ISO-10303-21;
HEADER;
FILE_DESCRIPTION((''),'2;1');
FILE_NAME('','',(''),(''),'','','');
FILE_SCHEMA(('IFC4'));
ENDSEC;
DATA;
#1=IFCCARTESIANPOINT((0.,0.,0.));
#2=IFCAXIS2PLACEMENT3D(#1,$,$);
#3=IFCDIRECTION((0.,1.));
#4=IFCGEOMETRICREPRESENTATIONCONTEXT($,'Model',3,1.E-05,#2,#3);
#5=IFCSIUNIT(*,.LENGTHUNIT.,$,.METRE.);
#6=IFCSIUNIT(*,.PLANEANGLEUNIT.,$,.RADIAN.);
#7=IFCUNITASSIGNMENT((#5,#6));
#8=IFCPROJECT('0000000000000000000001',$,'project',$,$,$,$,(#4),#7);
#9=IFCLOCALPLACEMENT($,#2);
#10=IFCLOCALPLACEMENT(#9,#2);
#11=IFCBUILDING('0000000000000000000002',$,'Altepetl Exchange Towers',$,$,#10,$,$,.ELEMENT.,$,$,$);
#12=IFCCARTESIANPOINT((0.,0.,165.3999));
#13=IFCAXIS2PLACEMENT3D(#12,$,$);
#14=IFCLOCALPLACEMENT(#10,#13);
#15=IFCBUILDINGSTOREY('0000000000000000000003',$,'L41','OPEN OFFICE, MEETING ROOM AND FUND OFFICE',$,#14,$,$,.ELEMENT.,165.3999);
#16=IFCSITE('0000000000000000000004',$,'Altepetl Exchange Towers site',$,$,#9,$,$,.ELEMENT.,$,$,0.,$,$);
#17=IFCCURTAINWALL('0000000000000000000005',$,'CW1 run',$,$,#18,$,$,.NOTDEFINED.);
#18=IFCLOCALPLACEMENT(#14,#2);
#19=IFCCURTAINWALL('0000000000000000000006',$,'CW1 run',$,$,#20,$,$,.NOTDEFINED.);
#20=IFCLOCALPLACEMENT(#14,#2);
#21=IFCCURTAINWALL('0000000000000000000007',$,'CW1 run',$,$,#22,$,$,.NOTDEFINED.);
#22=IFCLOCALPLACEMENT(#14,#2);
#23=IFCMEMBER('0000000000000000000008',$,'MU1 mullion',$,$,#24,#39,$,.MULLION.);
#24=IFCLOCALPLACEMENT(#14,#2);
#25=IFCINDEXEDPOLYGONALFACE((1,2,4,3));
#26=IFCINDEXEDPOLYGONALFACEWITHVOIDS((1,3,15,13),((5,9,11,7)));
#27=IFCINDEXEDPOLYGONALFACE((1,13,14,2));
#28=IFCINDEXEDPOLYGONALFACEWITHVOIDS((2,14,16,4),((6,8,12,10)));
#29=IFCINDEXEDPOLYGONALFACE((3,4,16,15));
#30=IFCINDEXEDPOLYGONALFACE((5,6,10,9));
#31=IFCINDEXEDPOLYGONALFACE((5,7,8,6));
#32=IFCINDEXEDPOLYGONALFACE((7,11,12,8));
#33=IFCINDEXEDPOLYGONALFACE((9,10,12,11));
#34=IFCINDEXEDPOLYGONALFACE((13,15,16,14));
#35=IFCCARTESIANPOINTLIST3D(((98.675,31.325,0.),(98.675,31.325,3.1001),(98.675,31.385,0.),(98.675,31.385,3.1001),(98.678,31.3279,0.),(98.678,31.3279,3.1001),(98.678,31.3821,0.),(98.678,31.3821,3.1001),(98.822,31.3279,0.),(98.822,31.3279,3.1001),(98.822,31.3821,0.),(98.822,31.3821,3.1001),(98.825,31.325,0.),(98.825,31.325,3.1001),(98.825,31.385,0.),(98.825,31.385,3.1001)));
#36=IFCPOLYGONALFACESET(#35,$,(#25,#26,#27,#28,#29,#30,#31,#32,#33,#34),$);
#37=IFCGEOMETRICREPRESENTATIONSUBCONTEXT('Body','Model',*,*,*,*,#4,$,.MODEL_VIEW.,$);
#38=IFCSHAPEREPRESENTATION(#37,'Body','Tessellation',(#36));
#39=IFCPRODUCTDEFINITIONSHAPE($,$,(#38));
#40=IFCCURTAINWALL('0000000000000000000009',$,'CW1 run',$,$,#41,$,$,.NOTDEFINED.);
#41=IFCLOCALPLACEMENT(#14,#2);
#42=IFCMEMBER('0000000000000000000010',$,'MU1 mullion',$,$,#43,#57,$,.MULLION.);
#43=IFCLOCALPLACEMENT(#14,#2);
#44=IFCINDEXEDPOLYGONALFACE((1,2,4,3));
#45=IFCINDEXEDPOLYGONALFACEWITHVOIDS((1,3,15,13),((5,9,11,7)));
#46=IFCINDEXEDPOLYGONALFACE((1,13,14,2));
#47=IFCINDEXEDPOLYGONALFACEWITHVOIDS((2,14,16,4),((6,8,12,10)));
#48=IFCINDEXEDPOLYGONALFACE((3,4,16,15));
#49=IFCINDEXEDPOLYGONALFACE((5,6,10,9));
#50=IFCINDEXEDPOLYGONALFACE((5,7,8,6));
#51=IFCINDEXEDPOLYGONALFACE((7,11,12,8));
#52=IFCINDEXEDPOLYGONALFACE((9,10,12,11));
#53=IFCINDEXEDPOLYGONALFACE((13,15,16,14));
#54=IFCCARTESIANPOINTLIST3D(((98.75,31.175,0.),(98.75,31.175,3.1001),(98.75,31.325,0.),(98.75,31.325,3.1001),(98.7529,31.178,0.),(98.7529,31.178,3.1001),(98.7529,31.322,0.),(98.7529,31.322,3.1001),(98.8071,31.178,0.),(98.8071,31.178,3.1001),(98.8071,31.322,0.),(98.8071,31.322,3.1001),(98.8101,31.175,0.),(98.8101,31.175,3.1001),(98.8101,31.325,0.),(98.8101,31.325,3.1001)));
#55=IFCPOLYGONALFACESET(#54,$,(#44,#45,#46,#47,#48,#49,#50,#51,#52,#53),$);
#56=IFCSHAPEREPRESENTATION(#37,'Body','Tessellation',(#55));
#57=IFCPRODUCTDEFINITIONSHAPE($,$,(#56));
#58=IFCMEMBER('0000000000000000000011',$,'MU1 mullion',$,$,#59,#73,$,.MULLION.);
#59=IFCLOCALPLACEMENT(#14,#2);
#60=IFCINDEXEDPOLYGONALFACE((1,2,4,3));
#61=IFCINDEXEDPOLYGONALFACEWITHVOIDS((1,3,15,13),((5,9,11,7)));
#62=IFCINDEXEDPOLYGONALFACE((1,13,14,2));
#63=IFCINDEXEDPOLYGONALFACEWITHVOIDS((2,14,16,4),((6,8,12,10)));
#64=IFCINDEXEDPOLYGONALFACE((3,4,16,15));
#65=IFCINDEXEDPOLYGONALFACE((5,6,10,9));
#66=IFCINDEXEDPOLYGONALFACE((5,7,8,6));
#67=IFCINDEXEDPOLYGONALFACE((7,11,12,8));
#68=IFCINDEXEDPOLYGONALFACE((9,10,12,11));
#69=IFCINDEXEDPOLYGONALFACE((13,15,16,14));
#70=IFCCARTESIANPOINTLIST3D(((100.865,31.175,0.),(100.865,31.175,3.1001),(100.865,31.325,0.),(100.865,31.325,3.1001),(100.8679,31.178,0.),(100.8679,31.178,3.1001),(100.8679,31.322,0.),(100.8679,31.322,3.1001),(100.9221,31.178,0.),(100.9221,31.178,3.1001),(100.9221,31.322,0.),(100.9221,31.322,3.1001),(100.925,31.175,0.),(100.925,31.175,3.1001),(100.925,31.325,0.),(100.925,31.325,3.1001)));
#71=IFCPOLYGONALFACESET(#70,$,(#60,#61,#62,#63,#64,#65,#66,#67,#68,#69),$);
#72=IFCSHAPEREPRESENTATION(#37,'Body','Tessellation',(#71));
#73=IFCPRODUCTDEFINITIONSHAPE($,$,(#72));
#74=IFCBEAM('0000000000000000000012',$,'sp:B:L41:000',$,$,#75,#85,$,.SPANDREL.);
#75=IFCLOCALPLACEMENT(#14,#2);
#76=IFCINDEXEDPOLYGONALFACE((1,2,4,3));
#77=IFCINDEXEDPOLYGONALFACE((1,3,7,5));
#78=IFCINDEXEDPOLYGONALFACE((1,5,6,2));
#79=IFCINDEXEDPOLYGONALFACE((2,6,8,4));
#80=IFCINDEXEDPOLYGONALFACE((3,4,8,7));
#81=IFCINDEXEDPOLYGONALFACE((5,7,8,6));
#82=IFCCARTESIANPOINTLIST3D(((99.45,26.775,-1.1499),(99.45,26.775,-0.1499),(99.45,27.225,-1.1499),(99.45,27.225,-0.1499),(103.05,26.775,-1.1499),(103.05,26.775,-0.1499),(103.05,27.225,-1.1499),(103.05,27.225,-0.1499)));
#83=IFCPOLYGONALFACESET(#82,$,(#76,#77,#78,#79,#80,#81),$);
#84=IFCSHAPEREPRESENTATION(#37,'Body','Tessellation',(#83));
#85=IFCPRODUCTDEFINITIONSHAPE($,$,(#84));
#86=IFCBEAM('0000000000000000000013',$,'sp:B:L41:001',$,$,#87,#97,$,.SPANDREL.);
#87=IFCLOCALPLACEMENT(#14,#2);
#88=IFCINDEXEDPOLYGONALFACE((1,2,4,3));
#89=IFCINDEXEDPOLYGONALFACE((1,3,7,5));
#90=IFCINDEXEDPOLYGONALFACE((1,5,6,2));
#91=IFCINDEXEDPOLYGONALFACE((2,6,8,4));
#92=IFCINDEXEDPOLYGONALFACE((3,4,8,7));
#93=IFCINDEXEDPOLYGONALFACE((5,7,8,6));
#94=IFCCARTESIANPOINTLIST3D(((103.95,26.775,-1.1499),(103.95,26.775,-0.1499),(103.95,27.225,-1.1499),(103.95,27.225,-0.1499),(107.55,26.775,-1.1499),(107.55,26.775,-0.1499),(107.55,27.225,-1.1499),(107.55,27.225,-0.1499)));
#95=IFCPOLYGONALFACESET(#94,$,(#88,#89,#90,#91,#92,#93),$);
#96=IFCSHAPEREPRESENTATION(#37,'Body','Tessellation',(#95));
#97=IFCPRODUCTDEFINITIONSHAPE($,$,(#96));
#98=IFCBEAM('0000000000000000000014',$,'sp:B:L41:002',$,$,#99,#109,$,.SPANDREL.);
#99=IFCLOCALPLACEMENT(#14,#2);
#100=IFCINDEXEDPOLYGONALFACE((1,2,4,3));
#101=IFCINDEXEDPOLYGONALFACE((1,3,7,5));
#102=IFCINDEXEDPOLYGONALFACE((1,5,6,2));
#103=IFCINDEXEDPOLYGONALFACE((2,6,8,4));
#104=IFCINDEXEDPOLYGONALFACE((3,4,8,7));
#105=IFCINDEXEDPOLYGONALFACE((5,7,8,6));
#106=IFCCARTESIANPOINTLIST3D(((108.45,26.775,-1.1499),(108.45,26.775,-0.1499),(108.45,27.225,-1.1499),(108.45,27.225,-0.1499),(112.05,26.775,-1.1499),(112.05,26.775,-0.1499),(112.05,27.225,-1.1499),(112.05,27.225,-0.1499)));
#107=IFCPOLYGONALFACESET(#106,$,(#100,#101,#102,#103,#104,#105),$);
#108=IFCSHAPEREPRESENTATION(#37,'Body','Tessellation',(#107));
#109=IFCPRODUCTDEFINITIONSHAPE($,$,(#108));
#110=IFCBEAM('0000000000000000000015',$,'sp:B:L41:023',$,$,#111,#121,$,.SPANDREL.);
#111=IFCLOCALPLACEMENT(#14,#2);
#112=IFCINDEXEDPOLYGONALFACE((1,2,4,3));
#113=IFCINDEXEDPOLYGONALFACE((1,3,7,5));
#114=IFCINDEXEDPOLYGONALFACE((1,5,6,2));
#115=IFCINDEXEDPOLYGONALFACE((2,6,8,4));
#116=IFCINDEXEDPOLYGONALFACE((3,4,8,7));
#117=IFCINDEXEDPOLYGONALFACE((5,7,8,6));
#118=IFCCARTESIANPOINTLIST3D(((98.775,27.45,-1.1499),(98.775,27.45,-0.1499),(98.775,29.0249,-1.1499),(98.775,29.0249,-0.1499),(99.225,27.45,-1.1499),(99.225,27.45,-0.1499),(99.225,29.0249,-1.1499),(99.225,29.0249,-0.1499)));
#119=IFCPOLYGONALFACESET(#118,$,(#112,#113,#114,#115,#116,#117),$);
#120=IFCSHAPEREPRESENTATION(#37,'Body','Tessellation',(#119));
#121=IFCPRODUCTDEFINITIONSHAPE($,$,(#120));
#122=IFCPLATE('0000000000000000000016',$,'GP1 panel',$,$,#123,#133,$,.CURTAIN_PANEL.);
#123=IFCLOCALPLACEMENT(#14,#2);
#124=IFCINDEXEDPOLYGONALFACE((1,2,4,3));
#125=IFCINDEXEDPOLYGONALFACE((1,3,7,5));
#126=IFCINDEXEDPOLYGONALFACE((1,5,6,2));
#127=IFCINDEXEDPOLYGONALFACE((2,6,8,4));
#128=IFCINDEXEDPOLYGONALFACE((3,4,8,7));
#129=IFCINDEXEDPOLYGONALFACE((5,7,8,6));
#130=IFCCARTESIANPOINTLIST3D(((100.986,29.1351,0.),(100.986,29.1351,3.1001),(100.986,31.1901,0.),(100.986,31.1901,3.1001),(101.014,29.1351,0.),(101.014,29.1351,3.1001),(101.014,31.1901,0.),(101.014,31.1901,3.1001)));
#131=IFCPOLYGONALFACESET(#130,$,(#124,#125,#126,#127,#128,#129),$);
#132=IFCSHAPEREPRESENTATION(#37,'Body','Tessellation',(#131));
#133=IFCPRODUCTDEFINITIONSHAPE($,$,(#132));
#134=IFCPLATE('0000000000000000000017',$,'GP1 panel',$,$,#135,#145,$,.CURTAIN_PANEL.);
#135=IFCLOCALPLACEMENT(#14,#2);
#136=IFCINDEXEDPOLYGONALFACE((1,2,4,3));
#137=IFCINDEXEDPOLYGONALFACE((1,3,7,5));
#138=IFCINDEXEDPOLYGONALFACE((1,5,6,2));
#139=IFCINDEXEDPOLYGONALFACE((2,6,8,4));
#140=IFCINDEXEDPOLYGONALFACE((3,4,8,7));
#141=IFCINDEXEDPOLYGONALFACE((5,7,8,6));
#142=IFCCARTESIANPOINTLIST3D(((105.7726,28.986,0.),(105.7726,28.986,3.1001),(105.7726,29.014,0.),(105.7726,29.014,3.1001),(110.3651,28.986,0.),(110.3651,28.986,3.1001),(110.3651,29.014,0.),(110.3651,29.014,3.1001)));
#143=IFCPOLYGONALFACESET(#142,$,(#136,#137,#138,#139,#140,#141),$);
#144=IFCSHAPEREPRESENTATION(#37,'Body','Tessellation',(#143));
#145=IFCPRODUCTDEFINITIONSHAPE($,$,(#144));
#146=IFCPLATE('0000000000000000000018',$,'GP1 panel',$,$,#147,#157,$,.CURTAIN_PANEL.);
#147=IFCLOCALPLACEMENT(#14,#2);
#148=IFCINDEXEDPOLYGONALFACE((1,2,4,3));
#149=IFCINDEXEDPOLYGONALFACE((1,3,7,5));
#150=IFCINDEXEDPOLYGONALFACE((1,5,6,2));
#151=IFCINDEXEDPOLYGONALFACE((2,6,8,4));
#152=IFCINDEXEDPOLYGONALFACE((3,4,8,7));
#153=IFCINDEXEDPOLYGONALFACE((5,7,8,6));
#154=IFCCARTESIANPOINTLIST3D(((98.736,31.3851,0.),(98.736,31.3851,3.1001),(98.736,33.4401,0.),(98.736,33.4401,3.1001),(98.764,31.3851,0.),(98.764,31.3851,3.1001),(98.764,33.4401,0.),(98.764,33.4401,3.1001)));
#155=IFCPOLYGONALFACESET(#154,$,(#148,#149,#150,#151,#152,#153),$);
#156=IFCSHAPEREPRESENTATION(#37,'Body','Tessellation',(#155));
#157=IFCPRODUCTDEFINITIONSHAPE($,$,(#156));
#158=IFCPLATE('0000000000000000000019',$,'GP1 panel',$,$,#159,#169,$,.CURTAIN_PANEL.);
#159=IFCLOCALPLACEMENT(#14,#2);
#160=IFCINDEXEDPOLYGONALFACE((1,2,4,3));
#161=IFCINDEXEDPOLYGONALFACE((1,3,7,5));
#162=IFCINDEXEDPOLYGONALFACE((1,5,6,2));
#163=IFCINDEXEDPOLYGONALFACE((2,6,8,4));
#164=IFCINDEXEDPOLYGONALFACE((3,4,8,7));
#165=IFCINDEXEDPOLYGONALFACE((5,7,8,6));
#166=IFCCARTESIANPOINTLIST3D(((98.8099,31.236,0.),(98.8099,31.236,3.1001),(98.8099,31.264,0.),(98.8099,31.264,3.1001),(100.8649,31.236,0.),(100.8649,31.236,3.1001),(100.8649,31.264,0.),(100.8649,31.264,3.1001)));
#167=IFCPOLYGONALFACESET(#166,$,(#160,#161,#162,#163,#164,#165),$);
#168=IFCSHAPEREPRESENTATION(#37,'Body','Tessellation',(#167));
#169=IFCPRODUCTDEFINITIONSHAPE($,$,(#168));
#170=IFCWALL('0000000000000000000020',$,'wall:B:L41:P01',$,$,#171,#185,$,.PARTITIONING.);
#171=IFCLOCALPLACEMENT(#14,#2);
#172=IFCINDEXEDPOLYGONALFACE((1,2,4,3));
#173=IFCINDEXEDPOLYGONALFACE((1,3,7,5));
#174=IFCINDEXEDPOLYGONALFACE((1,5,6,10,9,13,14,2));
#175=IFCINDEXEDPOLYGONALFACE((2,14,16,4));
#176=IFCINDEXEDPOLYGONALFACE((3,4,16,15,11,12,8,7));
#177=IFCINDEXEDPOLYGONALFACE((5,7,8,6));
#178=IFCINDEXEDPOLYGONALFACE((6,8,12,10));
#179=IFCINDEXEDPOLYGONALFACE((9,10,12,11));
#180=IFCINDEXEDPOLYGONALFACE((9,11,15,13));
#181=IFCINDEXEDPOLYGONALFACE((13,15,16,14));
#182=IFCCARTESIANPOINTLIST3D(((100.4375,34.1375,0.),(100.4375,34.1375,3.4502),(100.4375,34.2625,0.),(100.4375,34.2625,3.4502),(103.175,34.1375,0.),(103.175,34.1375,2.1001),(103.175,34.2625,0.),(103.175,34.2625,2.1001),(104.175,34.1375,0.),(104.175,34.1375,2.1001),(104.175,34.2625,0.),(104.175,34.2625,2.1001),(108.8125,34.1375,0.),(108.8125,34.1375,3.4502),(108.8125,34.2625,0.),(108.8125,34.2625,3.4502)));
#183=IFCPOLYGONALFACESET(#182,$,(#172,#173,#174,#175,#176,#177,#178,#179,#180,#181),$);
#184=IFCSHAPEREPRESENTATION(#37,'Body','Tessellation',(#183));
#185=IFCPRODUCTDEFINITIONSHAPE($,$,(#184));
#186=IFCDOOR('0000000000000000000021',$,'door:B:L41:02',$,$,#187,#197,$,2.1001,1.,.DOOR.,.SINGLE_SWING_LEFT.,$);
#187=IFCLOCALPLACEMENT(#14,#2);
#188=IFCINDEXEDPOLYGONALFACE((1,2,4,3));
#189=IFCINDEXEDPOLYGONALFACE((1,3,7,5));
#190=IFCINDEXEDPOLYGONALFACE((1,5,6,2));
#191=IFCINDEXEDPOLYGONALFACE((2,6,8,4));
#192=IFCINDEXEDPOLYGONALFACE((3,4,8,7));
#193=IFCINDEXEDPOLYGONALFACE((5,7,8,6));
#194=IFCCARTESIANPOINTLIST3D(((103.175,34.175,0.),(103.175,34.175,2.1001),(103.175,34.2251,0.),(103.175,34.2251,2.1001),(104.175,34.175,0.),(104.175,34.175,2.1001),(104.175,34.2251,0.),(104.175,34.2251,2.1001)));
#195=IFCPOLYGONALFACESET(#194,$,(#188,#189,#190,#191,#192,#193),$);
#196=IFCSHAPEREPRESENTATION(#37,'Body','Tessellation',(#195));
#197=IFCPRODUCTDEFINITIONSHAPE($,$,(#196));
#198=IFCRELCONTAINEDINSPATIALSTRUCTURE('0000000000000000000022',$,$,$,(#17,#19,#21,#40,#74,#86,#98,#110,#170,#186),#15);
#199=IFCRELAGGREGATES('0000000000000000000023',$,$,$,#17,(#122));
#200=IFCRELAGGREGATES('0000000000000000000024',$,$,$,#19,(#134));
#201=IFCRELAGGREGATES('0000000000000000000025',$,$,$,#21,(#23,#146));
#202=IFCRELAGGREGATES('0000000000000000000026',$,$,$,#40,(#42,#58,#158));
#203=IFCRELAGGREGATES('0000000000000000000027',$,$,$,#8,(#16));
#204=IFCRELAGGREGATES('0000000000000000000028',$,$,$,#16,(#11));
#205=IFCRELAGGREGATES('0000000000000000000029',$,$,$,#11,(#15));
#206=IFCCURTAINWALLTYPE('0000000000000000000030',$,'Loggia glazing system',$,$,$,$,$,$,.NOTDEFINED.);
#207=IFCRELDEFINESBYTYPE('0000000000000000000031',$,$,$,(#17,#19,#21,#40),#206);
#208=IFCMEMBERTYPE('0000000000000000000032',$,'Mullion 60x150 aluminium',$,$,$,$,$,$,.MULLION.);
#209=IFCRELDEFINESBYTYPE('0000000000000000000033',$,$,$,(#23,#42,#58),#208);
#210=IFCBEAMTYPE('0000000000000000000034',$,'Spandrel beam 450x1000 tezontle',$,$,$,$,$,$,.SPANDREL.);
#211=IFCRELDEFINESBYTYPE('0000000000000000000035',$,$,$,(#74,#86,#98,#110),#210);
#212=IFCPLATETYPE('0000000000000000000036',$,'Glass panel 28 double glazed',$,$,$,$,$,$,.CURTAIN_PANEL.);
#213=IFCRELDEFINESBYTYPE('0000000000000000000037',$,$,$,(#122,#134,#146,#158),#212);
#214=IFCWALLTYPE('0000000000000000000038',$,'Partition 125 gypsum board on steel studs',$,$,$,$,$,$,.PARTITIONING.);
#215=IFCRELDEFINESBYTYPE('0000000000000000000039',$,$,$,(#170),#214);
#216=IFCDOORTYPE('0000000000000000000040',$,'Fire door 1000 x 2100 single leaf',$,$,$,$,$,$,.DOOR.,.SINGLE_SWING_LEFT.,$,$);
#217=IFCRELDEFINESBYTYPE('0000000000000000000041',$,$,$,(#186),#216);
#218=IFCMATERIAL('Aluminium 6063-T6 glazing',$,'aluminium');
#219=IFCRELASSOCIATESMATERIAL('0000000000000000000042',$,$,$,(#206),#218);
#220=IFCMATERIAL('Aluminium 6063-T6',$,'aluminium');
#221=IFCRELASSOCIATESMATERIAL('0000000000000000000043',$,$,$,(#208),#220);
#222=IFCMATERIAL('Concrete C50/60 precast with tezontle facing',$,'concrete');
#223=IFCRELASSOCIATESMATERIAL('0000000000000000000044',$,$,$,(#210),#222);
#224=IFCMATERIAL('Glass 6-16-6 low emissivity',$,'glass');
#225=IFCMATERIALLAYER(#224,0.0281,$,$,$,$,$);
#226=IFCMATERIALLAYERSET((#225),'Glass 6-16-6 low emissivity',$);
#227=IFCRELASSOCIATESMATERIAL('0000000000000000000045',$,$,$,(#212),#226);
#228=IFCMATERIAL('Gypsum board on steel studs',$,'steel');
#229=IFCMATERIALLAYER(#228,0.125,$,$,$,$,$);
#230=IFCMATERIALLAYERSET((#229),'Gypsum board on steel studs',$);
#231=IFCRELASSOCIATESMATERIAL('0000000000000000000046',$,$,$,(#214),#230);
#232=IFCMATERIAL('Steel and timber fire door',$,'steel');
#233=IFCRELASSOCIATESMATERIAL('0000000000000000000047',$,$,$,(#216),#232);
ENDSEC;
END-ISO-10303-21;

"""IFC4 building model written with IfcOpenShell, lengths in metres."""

from ifc_helpers import new_model, si_unit, direction, frame, frame_2d, origin, origin_2d, place, context, subcontext, project, spatial, rectangle, hollow_rectangle, extrude, material, layer, layer_set, material_profile, profile_set, type_object, element, fill, aggregate, save


model = new_model("IFC4")

# Units and contexts
model_context = context("Model", 3, precision=1e-05, world=origin(), true_north=direction((0.0, 1.0)))
body_context = subcontext(model_context, "Body", "Model", "MODEL_VIEW")
ifc_project = project(units=[si_unit("LENGTHUNIT", "METRE"), si_unit("PLANEANGLEUNIT", "RADIAN")], contexts=[model_context])

# Site, building, storey
site_placement = place(None, origin())
site = spatial("IfcSite", under=ifc_project, at=site_placement, Name="Altepetl Exchange Towers site", CompositionType="ELEMENT", RefElevation=0.0)
building_placement = place(site_placement, origin())
building = spatial("IfcBuilding", under=site, at=building_placement, Name="Altepetl Exchange Towers", CompositionType="ELEMENT")
storey_placement = place(building_placement, frame((0.0, 0.0, 165.3999)))
storey = spatial("IfcBuildingStorey", under=building, at=storey_placement, Name="L41", Description="OPEN OFFICE, MEETING ROOM AND FUND OFFICE", CompositionType="ELEMENT", Elevation=165.3999)

# Curtain wall
ifc_material_1 = material(Name="Aluminium 6063-T6 glazing", Category="aluminium")
curtain_wall_type = type_object("IfcCurtainWallType", Name="Loggia glazing system", PredefinedType="NOTDEFINED", material=ifc_material_1)
curtain_wall_1_placement = place(storey_placement, origin())
curtain_wall_1 = element("IfcCurtainWall", 1, at=curtain_wall_1_placement, inside=storey, type_object=curtain_wall_type, Name="CW1 run", PredefinedType="NOTDEFINED")
ifc_material_2 = material(Name="Aluminium 6063-T6", Category="aluminium")
ifc_material_profile_1 = material_profile(ifc_material_2, hollow_rectangle(XDim=0.0601, YDim=0.1499, WallThickness=0.0029, at=origin_2d()), Name="Mullion 60x150 aluminium")
ifc_profile_set_1 = profile_set([ifc_material_profile_1], Name="Aluminium 6063-T6")
member_type = type_object("IfcMemberType", Name="Mullion 60x150 aluminium", PredefinedType="MULLION", material=ifc_profile_set_1)

# Curtain wall
curtain_wall_2_placement = place(storey_placement, origin())
curtain_wall_2 = element("IfcCurtainWall", 2, at=curtain_wall_2_placement, inside=storey, type_object=curtain_wall_type, Name="CW1 run", PredefinedType="NOTDEFINED")

# Curtain walls, members
curtain_wall_3_placement = place(storey_placement, origin())
curtain_wall_3 = element("IfcCurtainWall", 3, at=curtain_wall_3_placement, inside=storey, type_object=curtain_wall_type, Name="CW1 run", PredefinedType="NOTDEFINED")
member_1_placement = place(storey_placement, frame((98.75, 31.355, 0.0), z_axis=(0.0, 0.0, 1.0), x_axis=(0.0, -1.0, 0.0)))
member_1 = element("IfcMember", 4, at=member_1_placement, type_object=member_type, Name="MU1 mullion", PredefinedType="MULLION", context=body_context, shape_type="SweptSolid", body=[
    extrude(hollow_rectangle(XDim=0.0601, YDim=0.1499, WallThickness=0.0029, at=origin_2d()), origin(), (0.0, 0.0, 1.0), 3.1001),
])
curtain_wall_4_placement = place(storey_placement, origin())
curtain_wall_4 = element("IfcCurtainWall", 5, at=curtain_wall_4_placement, inside=storey, type_object=curtain_wall_type, Name="CW1 run", PredefinedType="NOTDEFINED")
member_2_placement = place(storey_placement, frame((98.78, 31.25, 0.0)))
member_2 = element("IfcMember", 6, at=member_2_placement, type_object=member_type, Name="MU1 mullion", PredefinedType="MULLION", context=body_context, shape_type="SweptSolid", body=[
    extrude(hollow_rectangle(XDim=0.0601, YDim=0.1499, WallThickness=0.0029, at=origin_2d()), origin(), (0.0, 0.0, 1.0), 3.1001),
])
member_3_placement = place(storey_placement, frame((100.895, 31.25, 0.0)))
member_3 = element("IfcMember", 7, at=member_3_placement, type_object=member_type, Name="MU1 mullion", PredefinedType="MULLION", context=body_context, shape_type="SweptSolid", body=[
    extrude(hollow_rectangle(XDim=0.0601, YDim=0.1499, WallThickness=0.0029, at=origin_2d()), origin(), (0.0, 0.0, 1.0), 3.1001),
])

# Beams
ifc_material_3 = material(Name="Concrete C50/60 precast with tezontle facing", Category="concrete")
ifc_material_profile_2 = material_profile(ifc_material_3, rectangle(XDim=0.45, YDim=1.0, at=origin_2d()), Name="450 x 1000")
ifc_profile_set_2 = profile_set([ifc_material_profile_2], Name="Concrete C50/60 precast with tezontle facing")
beam_type_1 = type_object("IfcBeamType", Name="Spandrel beam 450x1000 tezontle", PredefinedType="SPANDREL", material=ifc_profile_set_2)
for number, where, z_axis, x_axis, name in (
    (8, (99.45, 27.0, -0.6499), (1.0, 0.0, 0.0), (0.0, 1.0, 0.0), "sp:B:L41:000"),
    (9, (103.95, 27.0, -0.6499), (1.0, 0.0, 0.0), (0.0, 1.0, 0.0), "sp:B:L41:001"),
    (10, (108.45, 27.0, -0.6499), (1.0, 0.0, 0.0), (0.0, 1.0, 0.0), "sp:B:L41:002"),
):
    element("IfcBeam", number, at=place(storey_placement, frame(where, z_axis=z_axis, x_axis=x_axis)), inside=storey, type_object=beam_type_1, Name=name, PredefinedType="SPANDREL", context=body_context, shape_type="SweptSolid", body=[
        extrude(rectangle(XDim=0.45, YDim=1.0, at=origin_2d()), origin(), (0.0, 0.0, 1.0), 3.6001),
    ])
beam_1_placement = place(storey_placement, frame((99.0, 29.0249, -0.6499), z_axis=(0.0, -1.0, 0.0), x_axis=(1.0, 0.0, 0.0)))
element("IfcBeam", 11, at=beam_1_placement, inside=storey, type_object=beam_type_1, Name="sp:B:L41:023", PredefinedType="SPANDREL", context=body_context, shape_type="SweptSolid", body=[
    extrude(rectangle(XDim=0.45, YDim=1.0, at=origin_2d()), origin(), (0.0, 0.0, 1.0), 1.575),
])

# Plates
ifc_material_4 = material(Name="Glass 6-16-6 low emissivity", Category="glass")
ifc_layer_1 = layer(ifc_material_4, 0.0281)
ifc_layer_set_1 = layer_set([ifc_layer_1], Name="Glass 6-16-6 low emissivity")
plate_type = type_object("IfcPlateType", Name="Glass panel 28 double glazed", PredefinedType="CURTAIN_PANEL", material=ifc_layer_set_1)
plate_1_placement = place(storey_placement, frame((101.0, 30.1626, 0.0), z_axis=(0.0, 0.0, 1.0), x_axis=(0.0, -1.0, 0.0)))
plate_1 = element("IfcPlate", 12, at=plate_1_placement, type_object=plate_type, Name="GP1 panel", PredefinedType="CURTAIN_PANEL", context=body_context, shape_type="SweptSolid", body=[
    extrude(rectangle(XDim=2.0549, YDim=0.0281, at=origin_2d()), origin(), (0.0, 0.0, 1.0), 3.1001),
])
aggregate(curtain_wall_1, [plate_1])
plate_2_placement = place(storey_placement, frame((108.0688, 29.0, 0.0)))
plate_2 = element("IfcPlate", 13, at=plate_2_placement, type_object=plate_type, Name="GP1 panel", PredefinedType="CURTAIN_PANEL", context=body_context, shape_type="SweptSolid", body=[
    extrude(rectangle(XDim=4.5925, YDim=0.0281, at=origin_2d()), origin(), (0.0, 0.0, 1.0), 3.1001),
])
aggregate(curtain_wall_2, [plate_2])
plate_3_placement = place(storey_placement, frame((98.75, 32.4126, 0.0), z_axis=(0.0, 0.0, 1.0), x_axis=(0.0, -1.0, 0.0)))
plate_3 = element("IfcPlate", 14, at=plate_3_placement, type_object=plate_type, Name="GP1 panel", PredefinedType="CURTAIN_PANEL", context=body_context, shape_type="SweptSolid", body=[
    extrude(rectangle(XDim=2.0549, YDim=0.0281, at=origin_2d()), origin(), (0.0, 0.0, 1.0), 3.1001),
])
aggregate(curtain_wall_3, [member_1, plate_3])
plate_4_placement = place(storey_placement, frame((99.8374, 31.25, 0.0)))
plate_4 = element("IfcPlate", 15, at=plate_4_placement, type_object=plate_type, Name="GP1 panel", PredefinedType="CURTAIN_PANEL", context=body_context, shape_type="SweptSolid", body=[
    extrude(rectangle(XDim=2.0549, YDim=0.0281, at=origin_2d()), origin(), (0.0, 0.0, 1.0), 3.1001),
])
aggregate(curtain_wall_4, [member_2, member_3, plate_4])

# Wall, opening, door
ifc_material_5 = material(Name="Gypsum board on steel studs", Category="steel")
ifc_layer_2 = layer(ifc_material_5, 0.125)
ifc_layer_set_2 = layer_set([ifc_layer_2], Name="Gypsum board on steel studs")
wall_type_1 = type_object("IfcWallType", Name="Partition 125 gypsum board on steel studs", PredefinedType="PARTITIONING", material=ifc_layer_set_2)
wall_1_placement = place(storey_placement, frame((100.4375, 34.2, 0.0)))
wall_1 = element("IfcWall", 16, at=wall_1_placement, inside=storey, type_object=wall_type_1, Name="wall:B:L41:P01", PredefinedType="PARTITIONING", context=body_context, shape_type="SweptSolid", body=[
    extrude(rectangle(XDim=8.375, YDim=0.125, at=frame_2d((4.1875, 0.0))), origin(), (0.0, 0.0, 1.0), 3.4502),
])
opening_1_placement = place(wall_1_placement, frame((2.7375, 0.0, 0.0)))
opening_1 = element("IfcOpeningElement", 17, at=opening_1_placement, cuts=wall_1, PredefinedType="OPENING", context=body_context, shape_type="SweptSolid", body=[
    extrude(rectangle(XDim=1.0, YDim=2.1001, at=frame_2d((0.5, 1.05))), frame((0.0, 0.0725, 0.0), z_axis=(0.0, -1.0, 0.0), x_axis=(1.0, 0.0, 0.0)), (0.0, 0.0, 1.0), 0.145),
])
ifc_material_6 = material(Name="Steel and timber fire door", Category="steel")
door_type_1 = type_object("IfcDoorType", Name="Fire door 1000 x 2100 single leaf", OperationType="SINGLE_SWING_LEFT", PredefinedType="DOOR", material=ifc_material_6)
door_1_placement = place(opening_1_placement, frame((1.0, 0.0, 0.0), x_axis=(-1.0, 0.0, 0.0)))
door_1 = element("IfcDoor", 18, at=door_1_placement, inside=storey, type_object=door_type_1, Name="door:B:L41:02", OperationType="SINGLE_SWING_LEFT", OverallHeight=2.1001, OverallWidth=1.0, PredefinedType="DOOR", context=body_context, shape_type="SweptSolid", body=[
    extrude(rectangle(XDim=1.0, YDim=2.1001, at=frame_2d((0.5, 1.05))), frame((0.0, 0.0249, 0.0), z_axis=(0.0, -1.0, 0.0), x_axis=(1.0, 0.0, 0.0)), (0.0, 0.0, 1.0), 0.05),
])
fill(opening_1, door_1)

save(model, "model.ifc")
